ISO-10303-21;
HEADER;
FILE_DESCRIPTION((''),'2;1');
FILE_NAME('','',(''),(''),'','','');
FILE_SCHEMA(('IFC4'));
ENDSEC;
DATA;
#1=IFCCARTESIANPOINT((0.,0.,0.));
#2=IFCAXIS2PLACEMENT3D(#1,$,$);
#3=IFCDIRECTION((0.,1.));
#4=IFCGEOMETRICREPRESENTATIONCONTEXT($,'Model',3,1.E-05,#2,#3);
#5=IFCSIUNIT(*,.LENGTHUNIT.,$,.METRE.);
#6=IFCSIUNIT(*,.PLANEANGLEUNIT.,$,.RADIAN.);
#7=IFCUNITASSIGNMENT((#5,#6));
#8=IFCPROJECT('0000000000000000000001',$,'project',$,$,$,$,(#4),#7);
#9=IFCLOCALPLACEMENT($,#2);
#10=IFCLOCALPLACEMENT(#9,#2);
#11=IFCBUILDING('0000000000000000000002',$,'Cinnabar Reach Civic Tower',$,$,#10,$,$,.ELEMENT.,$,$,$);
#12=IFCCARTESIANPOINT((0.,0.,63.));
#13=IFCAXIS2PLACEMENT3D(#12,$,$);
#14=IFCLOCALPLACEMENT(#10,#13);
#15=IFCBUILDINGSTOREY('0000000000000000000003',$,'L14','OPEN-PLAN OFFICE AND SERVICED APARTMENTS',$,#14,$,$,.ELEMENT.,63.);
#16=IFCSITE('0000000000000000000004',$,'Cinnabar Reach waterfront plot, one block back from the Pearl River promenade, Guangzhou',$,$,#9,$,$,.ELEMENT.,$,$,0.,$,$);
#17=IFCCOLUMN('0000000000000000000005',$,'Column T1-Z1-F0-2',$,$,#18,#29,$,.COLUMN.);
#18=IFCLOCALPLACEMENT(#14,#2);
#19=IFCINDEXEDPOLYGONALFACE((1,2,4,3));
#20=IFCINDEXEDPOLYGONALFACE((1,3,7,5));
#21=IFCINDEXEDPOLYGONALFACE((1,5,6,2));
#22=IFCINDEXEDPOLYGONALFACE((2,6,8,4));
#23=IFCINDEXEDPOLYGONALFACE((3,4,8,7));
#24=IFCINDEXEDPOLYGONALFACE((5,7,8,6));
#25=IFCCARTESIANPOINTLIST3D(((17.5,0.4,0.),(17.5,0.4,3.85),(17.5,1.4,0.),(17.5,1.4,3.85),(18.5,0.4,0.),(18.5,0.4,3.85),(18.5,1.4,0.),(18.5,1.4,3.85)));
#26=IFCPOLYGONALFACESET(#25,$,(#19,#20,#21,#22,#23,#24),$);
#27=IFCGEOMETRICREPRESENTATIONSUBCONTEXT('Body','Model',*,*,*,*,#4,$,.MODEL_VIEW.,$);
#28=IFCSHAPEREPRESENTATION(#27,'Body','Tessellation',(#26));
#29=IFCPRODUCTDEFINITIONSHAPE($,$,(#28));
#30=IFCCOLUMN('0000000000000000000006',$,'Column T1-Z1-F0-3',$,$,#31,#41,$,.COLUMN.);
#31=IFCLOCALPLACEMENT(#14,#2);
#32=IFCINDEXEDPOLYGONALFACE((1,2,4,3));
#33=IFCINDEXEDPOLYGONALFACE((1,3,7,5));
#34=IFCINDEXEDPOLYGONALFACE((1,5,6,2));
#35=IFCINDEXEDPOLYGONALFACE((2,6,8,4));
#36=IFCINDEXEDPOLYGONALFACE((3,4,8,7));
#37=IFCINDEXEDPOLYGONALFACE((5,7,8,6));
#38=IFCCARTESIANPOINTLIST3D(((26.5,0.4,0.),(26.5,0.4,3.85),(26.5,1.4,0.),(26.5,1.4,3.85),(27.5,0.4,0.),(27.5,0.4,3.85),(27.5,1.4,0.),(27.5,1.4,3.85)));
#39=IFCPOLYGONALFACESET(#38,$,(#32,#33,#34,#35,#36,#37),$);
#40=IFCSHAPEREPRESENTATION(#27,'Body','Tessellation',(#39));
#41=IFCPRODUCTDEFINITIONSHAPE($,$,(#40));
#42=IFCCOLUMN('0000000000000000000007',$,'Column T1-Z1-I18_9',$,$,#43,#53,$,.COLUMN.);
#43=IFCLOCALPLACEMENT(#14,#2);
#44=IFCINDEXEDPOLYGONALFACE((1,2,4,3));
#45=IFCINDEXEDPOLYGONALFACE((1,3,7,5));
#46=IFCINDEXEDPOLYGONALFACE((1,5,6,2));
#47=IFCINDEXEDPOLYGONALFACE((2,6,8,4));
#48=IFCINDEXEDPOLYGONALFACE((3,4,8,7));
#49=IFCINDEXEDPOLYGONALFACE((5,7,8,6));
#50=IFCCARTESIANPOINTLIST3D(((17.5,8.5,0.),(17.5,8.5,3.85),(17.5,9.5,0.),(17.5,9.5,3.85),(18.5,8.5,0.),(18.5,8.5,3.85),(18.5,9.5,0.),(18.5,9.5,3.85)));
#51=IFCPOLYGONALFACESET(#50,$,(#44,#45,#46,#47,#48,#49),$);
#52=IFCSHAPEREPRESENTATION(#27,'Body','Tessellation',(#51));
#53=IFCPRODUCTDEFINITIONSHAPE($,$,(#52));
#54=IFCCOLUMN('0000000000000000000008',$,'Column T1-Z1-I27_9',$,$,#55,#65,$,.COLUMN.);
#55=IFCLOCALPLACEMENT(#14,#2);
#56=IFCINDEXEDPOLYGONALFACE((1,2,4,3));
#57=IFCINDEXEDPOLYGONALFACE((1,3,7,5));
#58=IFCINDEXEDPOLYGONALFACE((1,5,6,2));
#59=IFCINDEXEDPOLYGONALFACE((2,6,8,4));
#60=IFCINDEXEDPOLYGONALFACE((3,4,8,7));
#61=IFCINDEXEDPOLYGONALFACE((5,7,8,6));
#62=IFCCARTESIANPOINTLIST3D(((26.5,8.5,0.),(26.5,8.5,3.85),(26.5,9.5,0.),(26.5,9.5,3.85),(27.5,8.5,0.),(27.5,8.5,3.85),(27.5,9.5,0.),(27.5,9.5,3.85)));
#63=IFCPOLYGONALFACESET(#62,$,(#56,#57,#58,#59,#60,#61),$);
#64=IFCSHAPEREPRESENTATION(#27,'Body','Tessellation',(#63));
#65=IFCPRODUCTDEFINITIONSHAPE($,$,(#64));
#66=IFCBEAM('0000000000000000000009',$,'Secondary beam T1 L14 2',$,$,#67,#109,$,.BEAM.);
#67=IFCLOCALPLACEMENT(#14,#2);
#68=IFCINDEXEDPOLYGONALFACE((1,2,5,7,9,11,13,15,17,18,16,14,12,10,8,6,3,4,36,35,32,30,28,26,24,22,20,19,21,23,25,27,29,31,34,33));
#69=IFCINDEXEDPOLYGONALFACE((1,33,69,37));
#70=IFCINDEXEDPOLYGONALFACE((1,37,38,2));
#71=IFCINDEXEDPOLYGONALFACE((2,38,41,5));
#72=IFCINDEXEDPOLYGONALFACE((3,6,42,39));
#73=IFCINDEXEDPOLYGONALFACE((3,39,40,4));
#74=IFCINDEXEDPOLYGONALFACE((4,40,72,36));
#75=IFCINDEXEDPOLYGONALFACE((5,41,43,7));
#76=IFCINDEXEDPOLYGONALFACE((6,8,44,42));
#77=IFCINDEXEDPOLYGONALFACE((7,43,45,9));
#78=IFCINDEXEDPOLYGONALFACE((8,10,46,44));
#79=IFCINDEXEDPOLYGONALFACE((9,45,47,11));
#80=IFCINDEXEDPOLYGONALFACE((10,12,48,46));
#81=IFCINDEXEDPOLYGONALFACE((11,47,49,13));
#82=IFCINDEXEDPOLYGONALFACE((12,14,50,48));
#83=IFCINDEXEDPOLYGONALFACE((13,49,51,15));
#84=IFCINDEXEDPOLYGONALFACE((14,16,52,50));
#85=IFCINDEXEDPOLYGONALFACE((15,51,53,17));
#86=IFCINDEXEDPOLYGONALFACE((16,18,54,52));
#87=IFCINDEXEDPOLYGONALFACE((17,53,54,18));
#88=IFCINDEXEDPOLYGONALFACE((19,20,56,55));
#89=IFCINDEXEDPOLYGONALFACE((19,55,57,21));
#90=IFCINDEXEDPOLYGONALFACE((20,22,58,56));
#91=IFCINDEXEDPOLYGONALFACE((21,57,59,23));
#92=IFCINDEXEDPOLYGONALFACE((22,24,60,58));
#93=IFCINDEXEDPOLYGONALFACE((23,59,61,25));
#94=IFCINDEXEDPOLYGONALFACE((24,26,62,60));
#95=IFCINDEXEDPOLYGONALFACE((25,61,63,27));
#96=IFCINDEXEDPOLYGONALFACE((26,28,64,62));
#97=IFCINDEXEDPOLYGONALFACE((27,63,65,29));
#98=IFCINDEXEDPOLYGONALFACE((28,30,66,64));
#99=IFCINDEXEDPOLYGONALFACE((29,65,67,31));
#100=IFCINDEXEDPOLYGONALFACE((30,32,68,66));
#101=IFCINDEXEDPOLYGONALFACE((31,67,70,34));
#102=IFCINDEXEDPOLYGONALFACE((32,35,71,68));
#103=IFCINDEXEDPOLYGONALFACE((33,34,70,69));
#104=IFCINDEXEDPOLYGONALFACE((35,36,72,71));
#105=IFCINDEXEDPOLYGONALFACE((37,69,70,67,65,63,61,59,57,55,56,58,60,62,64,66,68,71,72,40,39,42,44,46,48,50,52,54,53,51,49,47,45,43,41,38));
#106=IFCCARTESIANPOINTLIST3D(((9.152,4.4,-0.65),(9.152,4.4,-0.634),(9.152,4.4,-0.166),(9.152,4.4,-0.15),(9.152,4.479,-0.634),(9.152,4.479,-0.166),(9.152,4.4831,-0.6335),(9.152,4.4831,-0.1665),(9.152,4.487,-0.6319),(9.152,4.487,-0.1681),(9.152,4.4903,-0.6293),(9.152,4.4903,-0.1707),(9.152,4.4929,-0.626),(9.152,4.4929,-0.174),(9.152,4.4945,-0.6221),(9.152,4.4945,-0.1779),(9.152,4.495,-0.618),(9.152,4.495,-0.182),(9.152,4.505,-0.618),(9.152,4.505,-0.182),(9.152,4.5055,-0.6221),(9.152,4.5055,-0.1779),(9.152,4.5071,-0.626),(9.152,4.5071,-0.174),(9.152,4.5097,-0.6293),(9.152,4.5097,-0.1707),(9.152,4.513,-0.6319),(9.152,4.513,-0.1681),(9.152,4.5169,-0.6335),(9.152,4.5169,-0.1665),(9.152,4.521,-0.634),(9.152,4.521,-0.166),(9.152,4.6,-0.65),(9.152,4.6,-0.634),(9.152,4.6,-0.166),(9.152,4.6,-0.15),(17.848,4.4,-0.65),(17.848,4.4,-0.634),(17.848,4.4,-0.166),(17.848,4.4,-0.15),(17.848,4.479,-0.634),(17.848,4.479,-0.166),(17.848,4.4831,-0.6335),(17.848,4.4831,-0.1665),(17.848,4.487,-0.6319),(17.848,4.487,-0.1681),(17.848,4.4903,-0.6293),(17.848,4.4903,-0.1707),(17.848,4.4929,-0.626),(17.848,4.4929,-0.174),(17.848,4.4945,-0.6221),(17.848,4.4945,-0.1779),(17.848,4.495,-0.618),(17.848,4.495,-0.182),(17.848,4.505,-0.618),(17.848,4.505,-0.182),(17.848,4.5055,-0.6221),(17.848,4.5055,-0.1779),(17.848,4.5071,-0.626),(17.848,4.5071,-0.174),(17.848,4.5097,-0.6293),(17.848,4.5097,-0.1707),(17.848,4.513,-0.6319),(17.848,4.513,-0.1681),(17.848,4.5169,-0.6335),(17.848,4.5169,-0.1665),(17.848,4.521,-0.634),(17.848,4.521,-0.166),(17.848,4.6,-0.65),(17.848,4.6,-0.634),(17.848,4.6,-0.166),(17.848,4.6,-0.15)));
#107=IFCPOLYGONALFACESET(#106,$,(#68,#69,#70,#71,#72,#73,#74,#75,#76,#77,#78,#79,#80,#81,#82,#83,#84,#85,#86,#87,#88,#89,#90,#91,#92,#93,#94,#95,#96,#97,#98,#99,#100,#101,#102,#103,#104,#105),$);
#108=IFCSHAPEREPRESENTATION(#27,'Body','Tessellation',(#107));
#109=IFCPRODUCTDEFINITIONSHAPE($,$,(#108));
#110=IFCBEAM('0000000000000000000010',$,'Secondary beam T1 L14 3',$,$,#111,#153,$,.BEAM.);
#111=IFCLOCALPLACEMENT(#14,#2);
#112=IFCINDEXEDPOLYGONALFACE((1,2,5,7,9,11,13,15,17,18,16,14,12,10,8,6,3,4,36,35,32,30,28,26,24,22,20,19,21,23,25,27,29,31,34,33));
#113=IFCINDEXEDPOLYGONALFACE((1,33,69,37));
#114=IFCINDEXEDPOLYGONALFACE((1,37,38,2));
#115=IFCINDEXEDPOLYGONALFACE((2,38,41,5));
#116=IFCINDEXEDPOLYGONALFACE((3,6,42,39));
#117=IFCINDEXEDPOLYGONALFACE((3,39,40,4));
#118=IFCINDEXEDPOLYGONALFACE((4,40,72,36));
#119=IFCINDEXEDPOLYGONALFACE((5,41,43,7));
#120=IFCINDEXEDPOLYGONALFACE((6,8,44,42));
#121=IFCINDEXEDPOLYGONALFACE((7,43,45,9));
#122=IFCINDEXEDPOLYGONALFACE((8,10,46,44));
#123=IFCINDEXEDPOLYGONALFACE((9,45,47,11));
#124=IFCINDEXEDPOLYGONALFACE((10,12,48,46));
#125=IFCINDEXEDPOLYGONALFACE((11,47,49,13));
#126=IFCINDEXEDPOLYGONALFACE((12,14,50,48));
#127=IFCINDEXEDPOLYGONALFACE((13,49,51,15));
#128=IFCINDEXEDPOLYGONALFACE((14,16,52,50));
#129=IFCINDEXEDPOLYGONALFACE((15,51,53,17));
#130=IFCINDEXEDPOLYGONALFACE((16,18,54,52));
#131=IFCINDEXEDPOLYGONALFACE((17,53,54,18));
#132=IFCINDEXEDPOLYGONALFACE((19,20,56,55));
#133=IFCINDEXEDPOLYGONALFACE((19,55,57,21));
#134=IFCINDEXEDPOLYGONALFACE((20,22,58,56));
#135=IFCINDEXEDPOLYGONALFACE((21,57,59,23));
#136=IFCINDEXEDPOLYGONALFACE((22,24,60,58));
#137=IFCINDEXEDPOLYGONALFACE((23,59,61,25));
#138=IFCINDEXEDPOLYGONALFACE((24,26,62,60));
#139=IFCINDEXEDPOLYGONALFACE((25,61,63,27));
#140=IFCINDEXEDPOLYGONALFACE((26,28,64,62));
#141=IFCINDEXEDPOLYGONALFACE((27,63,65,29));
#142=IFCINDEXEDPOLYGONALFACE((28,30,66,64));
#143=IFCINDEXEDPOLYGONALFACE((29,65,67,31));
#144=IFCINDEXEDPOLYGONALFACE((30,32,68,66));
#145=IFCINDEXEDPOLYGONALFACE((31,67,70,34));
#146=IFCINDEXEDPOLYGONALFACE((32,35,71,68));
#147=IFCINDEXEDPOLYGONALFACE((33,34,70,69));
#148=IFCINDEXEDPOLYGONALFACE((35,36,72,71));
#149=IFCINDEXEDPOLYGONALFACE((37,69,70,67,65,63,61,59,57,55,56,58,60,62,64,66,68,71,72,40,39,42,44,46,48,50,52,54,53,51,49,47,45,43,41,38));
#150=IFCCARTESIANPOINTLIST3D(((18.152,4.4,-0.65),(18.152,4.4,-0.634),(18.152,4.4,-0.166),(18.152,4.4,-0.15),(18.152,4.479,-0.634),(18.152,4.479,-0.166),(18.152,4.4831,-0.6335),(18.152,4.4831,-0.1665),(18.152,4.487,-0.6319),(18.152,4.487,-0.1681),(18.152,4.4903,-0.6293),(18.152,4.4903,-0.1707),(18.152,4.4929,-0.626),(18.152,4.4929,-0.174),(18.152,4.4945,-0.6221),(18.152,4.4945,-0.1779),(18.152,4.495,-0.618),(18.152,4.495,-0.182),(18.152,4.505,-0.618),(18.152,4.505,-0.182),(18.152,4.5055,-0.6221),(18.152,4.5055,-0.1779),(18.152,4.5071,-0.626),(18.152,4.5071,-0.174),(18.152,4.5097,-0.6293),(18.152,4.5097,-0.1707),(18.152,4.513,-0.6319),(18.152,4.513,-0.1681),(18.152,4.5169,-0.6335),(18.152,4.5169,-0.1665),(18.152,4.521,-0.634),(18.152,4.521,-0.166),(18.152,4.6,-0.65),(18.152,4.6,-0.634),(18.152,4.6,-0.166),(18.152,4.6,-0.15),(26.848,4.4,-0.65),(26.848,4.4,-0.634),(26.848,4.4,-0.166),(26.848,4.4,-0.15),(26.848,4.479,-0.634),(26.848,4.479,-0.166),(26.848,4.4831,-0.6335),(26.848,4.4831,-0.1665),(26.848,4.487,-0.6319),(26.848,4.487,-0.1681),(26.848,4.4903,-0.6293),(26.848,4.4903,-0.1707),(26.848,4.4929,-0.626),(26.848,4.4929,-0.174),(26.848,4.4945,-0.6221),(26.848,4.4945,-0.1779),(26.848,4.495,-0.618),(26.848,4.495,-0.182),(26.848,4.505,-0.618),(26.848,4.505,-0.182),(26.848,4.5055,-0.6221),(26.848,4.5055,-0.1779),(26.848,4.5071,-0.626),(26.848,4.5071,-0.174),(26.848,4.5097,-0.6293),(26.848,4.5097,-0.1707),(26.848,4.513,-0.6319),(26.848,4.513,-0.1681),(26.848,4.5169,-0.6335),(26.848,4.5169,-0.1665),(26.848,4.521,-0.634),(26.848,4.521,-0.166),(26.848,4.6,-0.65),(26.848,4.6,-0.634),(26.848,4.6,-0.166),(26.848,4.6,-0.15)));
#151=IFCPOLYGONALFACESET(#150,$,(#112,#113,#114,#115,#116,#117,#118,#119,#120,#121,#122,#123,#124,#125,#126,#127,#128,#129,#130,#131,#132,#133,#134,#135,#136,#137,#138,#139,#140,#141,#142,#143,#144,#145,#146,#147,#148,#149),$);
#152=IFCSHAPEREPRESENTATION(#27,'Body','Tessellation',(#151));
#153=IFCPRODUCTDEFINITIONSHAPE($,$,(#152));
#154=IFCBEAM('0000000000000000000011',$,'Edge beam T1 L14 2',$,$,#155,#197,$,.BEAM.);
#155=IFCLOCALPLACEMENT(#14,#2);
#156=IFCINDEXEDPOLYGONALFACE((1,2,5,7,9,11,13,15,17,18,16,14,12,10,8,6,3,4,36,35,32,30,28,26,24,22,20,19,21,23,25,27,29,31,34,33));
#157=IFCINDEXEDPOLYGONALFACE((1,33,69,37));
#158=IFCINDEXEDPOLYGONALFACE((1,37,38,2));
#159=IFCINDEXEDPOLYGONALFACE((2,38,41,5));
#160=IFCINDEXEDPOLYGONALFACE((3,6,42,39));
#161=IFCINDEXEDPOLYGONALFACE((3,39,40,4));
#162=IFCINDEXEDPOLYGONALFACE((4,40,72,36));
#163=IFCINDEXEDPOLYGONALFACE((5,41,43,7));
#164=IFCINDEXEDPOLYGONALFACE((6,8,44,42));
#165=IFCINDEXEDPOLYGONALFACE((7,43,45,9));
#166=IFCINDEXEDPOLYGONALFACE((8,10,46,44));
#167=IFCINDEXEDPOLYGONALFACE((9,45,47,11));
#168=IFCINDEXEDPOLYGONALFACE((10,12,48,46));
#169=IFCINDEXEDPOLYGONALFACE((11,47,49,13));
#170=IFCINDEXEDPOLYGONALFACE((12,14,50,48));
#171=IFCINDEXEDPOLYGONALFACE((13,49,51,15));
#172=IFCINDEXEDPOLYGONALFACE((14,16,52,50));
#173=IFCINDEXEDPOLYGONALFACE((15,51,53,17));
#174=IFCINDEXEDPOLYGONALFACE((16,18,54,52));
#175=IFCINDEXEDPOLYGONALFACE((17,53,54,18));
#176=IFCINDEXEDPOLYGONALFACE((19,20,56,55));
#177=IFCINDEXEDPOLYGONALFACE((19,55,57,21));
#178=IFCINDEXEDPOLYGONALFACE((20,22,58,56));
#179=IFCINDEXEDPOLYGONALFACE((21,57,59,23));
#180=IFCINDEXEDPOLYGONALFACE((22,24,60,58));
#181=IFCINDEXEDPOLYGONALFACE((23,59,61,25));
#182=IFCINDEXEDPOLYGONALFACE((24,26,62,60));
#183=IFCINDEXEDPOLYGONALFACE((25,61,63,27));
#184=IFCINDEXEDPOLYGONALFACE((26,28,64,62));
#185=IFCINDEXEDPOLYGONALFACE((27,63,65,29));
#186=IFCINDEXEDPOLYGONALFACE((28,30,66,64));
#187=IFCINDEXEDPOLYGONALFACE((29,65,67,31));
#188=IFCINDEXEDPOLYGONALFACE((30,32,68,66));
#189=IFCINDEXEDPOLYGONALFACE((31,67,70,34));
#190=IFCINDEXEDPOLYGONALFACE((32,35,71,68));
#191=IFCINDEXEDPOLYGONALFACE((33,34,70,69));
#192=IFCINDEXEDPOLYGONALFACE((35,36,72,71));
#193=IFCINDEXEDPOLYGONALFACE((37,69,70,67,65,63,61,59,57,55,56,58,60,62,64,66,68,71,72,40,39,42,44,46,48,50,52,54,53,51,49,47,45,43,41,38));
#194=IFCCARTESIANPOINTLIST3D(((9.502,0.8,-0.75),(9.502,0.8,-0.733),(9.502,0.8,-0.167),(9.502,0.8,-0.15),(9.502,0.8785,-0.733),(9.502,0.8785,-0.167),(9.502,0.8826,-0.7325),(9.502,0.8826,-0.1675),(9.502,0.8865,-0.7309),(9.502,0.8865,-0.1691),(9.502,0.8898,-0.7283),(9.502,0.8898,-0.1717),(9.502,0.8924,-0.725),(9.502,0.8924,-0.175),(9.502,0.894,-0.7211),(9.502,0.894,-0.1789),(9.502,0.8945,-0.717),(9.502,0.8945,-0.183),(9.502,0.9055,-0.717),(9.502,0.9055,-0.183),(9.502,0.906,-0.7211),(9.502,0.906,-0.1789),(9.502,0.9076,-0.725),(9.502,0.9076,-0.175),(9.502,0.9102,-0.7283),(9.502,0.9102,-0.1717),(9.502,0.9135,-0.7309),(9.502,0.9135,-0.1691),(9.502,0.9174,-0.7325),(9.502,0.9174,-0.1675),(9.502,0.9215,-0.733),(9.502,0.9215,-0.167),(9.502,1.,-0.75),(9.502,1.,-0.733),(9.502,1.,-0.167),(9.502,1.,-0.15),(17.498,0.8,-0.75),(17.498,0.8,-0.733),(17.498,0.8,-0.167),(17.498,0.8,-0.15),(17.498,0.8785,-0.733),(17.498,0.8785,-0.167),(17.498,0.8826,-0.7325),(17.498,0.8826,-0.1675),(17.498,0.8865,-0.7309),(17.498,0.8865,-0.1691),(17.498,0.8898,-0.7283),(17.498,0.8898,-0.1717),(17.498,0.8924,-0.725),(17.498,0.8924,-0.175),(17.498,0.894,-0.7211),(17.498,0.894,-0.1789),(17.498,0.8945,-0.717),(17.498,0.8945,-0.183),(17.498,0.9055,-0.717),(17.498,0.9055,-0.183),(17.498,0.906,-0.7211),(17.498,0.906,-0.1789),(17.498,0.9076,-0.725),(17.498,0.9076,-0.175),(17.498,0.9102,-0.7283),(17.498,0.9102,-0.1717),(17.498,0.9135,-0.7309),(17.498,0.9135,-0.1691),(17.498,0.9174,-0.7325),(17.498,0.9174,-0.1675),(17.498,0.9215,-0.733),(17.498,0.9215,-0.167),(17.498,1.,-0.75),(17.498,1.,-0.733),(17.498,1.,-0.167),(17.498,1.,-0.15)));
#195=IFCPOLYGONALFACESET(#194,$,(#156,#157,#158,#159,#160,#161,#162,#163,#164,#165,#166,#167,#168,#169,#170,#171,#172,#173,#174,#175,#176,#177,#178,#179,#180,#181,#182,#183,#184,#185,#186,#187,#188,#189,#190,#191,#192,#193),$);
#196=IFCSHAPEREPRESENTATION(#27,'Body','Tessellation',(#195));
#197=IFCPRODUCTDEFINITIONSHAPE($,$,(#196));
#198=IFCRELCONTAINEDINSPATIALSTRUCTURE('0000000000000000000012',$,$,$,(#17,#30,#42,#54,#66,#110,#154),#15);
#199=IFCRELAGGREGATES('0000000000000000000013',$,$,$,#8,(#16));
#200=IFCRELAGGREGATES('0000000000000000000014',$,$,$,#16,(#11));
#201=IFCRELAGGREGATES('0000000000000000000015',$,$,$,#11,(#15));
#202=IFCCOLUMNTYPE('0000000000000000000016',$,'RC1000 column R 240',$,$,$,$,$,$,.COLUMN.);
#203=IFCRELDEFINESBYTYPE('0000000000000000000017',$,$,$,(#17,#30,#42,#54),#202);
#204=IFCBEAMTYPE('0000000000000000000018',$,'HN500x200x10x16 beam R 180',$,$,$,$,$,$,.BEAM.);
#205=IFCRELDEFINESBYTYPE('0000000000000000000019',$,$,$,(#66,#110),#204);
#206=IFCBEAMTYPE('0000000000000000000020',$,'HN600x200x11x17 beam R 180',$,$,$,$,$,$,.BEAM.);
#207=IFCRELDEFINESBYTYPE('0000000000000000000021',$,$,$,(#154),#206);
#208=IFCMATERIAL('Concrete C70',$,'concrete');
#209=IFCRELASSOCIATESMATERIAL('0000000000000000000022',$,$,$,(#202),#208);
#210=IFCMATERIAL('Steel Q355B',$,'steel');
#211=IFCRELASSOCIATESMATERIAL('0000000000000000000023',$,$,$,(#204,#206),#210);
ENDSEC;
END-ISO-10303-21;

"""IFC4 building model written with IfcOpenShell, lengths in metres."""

from ifc_helpers import new_model, si_unit, direction, frame, origin, origin_2d, place, context, subcontext, project, spatial, rectangle, i_section, extrude, material, material_profile, profile_set, type_object, element, save


model = new_model("IFC4")

# Units and contexts
model_context = context("Model", 3, precision=1e-05, world=origin(), true_north=direction((0.0, 1.0)))
body_context = subcontext(model_context, "Body", "Model", "MODEL_VIEW")
ifc_project = project(units=[si_unit("LENGTHUNIT", "METRE"), si_unit("PLANEANGLEUNIT", "RADIAN")], contexts=[model_context])

# Site, building, storey
site_placement = place(None, origin())
site = spatial("IfcSite", under=ifc_project, at=site_placement, Name="Cinnabar Reach waterfront plot, one block back from the Pearl River promenade, Guangzhou", CompositionType="ELEMENT", RefElevation=0.0)
building_placement = place(site_placement, origin())
building = spatial("IfcBuilding", under=site, at=building_placement, Name="Cinnabar Reach Civic Tower", CompositionType="ELEMENT")
storey_placement = place(building_placement, frame((0.0, 0.0, 63.0)))
storey = spatial("IfcBuildingStorey", under=building, at=storey_placement, Name="L14", Description="OPEN-PLAN OFFICE AND SERVICED APARTMENTS", CompositionType="ELEMENT", Elevation=63.0)

# Columns
ifc_material_1 = material(Name="Concrete C70", Category="concrete")
ifc_material_profile_1 = material_profile(ifc_material_1, rectangle(XDim=1.0, YDim=1.0, at=origin_2d()), Name="RC1000")
ifc_profile_set_1 = profile_set([ifc_material_profile_1], Name="Concrete C70")
column_type = type_object("IfcColumnType", Name="RC1000 column R 240", PredefinedType="COLUMN", material=ifc_profile_set_1)
for number, where, z_axis, x_axis, name in (
    (1, (18.0, 0.9, 0.0), (0.0, 0.0, 1.0), (1.0, 0.0, 0.0), "Column T1-Z1-F0-2"),
    (2, (27.0, 0.9, 0.0), (0.0, 0.0, 1.0), (1.0, 0.0, 0.0), "Column T1-Z1-F0-3"),
    (3, (18.0, 9.0, 0.0), (0.0, 0.0, 1.0), (1.0, 0.0, 0.0), "Column T1-Z1-I18_9"),
    (4, (27.0, 9.0, 0.0), (0.0, 0.0, 1.0), (1.0, 0.0, 0.0), "Column T1-Z1-I27_9"),
):
    element("IfcColumn", number, at=place(storey_placement, frame(where, z_axis=z_axis, x_axis=x_axis)), inside=storey, type_object=column_type, Name=name, PredefinedType="COLUMN", context=body_context, shape_type="SweptSolid", body=[
        extrude(rectangle(XDim=1.0, YDim=1.0, at=origin_2d()), origin(), (0.0, 0.0, 1.0), 3.85),
    ])

# Beams
ifc_material_2 = material(Name="Steel Q355B", Category="steel")
ifc_material_profile_2 = material_profile(ifc_material_2, i_section(OverallWidth=0.2, OverallDepth=0.5, WebThickness=0.01, FlangeThickness=0.016, FilletRadius=0.016, at=origin_2d()), Name="HN500x200x10x16")
ifc_profile_set_2 = profile_set([ifc_material_profile_2], Name="Steel Q355B")
beam_type_1 = type_object("IfcBeamType", Name="HN500x200x10x16 beam R 180", PredefinedType="BEAM", material=ifc_profile_set_2)
for number, where, z_axis, x_axis, name in (
    (5, (9.152, 4.5, -0.4), (1.0, 0.0, 0.0), (0.0, 1.0, 0.0), "Secondary beam T1 L14 2"),
    (6, (18.152, 4.5, -0.4), (1.0, 0.0, 0.0), (0.0, 1.0, 0.0), "Secondary beam T1 L14 3"),
):
    element("IfcBeam", number, at=place(storey_placement, frame(where, z_axis=z_axis, x_axis=x_axis)), inside=storey, type_object=beam_type_1, Name=name, PredefinedType="BEAM", context=body_context, shape_type="SweptSolid", body=[
        extrude(i_section(OverallWidth=0.2, OverallDepth=0.5, WebThickness=0.01, FlangeThickness=0.016, FilletRadius=0.016, at=origin_2d()), origin(), (0.0, 0.0, 1.0), 8.696),
    ])
ifc_material_profile_3 = material_profile(ifc_material_2, i_section(OverallWidth=0.2, OverallDepth=0.6, WebThickness=0.011, FlangeThickness=0.017, FilletRadius=0.016, at=origin_2d()), Name="HN600x200x11x17")
ifc_profile_set_3 = profile_set([ifc_material_profile_3], Name="Steel Q355B")
beam_type_2 = type_object("IfcBeamType", Name="HN600x200x11x17 beam R 180", PredefinedType="BEAM", material=ifc_profile_set_3)
for number, where, z_axis, x_axis, name in (
    (7, (9.502, 0.9, -0.45), (1.0, 0.0, 0.0), (0.0, 1.0, 0.0), "Edge beam T1 L14 2"),
):
    element("IfcBeam", number, at=place(storey_placement, frame(where, z_axis=z_axis, x_axis=x_axis)), inside=storey, type_object=beam_type_2, Name=name, PredefinedType="BEAM", context=body_context, shape_type="SweptSolid", body=[
        extrude(i_section(OverallWidth=0.2, OverallDepth=0.6, WebThickness=0.011, FlangeThickness=0.017, FilletRadius=0.016, at=origin_2d()), origin(), (0.0, 0.0, 1.0), 7.996),
    ])

save(model, "model.ifc")
